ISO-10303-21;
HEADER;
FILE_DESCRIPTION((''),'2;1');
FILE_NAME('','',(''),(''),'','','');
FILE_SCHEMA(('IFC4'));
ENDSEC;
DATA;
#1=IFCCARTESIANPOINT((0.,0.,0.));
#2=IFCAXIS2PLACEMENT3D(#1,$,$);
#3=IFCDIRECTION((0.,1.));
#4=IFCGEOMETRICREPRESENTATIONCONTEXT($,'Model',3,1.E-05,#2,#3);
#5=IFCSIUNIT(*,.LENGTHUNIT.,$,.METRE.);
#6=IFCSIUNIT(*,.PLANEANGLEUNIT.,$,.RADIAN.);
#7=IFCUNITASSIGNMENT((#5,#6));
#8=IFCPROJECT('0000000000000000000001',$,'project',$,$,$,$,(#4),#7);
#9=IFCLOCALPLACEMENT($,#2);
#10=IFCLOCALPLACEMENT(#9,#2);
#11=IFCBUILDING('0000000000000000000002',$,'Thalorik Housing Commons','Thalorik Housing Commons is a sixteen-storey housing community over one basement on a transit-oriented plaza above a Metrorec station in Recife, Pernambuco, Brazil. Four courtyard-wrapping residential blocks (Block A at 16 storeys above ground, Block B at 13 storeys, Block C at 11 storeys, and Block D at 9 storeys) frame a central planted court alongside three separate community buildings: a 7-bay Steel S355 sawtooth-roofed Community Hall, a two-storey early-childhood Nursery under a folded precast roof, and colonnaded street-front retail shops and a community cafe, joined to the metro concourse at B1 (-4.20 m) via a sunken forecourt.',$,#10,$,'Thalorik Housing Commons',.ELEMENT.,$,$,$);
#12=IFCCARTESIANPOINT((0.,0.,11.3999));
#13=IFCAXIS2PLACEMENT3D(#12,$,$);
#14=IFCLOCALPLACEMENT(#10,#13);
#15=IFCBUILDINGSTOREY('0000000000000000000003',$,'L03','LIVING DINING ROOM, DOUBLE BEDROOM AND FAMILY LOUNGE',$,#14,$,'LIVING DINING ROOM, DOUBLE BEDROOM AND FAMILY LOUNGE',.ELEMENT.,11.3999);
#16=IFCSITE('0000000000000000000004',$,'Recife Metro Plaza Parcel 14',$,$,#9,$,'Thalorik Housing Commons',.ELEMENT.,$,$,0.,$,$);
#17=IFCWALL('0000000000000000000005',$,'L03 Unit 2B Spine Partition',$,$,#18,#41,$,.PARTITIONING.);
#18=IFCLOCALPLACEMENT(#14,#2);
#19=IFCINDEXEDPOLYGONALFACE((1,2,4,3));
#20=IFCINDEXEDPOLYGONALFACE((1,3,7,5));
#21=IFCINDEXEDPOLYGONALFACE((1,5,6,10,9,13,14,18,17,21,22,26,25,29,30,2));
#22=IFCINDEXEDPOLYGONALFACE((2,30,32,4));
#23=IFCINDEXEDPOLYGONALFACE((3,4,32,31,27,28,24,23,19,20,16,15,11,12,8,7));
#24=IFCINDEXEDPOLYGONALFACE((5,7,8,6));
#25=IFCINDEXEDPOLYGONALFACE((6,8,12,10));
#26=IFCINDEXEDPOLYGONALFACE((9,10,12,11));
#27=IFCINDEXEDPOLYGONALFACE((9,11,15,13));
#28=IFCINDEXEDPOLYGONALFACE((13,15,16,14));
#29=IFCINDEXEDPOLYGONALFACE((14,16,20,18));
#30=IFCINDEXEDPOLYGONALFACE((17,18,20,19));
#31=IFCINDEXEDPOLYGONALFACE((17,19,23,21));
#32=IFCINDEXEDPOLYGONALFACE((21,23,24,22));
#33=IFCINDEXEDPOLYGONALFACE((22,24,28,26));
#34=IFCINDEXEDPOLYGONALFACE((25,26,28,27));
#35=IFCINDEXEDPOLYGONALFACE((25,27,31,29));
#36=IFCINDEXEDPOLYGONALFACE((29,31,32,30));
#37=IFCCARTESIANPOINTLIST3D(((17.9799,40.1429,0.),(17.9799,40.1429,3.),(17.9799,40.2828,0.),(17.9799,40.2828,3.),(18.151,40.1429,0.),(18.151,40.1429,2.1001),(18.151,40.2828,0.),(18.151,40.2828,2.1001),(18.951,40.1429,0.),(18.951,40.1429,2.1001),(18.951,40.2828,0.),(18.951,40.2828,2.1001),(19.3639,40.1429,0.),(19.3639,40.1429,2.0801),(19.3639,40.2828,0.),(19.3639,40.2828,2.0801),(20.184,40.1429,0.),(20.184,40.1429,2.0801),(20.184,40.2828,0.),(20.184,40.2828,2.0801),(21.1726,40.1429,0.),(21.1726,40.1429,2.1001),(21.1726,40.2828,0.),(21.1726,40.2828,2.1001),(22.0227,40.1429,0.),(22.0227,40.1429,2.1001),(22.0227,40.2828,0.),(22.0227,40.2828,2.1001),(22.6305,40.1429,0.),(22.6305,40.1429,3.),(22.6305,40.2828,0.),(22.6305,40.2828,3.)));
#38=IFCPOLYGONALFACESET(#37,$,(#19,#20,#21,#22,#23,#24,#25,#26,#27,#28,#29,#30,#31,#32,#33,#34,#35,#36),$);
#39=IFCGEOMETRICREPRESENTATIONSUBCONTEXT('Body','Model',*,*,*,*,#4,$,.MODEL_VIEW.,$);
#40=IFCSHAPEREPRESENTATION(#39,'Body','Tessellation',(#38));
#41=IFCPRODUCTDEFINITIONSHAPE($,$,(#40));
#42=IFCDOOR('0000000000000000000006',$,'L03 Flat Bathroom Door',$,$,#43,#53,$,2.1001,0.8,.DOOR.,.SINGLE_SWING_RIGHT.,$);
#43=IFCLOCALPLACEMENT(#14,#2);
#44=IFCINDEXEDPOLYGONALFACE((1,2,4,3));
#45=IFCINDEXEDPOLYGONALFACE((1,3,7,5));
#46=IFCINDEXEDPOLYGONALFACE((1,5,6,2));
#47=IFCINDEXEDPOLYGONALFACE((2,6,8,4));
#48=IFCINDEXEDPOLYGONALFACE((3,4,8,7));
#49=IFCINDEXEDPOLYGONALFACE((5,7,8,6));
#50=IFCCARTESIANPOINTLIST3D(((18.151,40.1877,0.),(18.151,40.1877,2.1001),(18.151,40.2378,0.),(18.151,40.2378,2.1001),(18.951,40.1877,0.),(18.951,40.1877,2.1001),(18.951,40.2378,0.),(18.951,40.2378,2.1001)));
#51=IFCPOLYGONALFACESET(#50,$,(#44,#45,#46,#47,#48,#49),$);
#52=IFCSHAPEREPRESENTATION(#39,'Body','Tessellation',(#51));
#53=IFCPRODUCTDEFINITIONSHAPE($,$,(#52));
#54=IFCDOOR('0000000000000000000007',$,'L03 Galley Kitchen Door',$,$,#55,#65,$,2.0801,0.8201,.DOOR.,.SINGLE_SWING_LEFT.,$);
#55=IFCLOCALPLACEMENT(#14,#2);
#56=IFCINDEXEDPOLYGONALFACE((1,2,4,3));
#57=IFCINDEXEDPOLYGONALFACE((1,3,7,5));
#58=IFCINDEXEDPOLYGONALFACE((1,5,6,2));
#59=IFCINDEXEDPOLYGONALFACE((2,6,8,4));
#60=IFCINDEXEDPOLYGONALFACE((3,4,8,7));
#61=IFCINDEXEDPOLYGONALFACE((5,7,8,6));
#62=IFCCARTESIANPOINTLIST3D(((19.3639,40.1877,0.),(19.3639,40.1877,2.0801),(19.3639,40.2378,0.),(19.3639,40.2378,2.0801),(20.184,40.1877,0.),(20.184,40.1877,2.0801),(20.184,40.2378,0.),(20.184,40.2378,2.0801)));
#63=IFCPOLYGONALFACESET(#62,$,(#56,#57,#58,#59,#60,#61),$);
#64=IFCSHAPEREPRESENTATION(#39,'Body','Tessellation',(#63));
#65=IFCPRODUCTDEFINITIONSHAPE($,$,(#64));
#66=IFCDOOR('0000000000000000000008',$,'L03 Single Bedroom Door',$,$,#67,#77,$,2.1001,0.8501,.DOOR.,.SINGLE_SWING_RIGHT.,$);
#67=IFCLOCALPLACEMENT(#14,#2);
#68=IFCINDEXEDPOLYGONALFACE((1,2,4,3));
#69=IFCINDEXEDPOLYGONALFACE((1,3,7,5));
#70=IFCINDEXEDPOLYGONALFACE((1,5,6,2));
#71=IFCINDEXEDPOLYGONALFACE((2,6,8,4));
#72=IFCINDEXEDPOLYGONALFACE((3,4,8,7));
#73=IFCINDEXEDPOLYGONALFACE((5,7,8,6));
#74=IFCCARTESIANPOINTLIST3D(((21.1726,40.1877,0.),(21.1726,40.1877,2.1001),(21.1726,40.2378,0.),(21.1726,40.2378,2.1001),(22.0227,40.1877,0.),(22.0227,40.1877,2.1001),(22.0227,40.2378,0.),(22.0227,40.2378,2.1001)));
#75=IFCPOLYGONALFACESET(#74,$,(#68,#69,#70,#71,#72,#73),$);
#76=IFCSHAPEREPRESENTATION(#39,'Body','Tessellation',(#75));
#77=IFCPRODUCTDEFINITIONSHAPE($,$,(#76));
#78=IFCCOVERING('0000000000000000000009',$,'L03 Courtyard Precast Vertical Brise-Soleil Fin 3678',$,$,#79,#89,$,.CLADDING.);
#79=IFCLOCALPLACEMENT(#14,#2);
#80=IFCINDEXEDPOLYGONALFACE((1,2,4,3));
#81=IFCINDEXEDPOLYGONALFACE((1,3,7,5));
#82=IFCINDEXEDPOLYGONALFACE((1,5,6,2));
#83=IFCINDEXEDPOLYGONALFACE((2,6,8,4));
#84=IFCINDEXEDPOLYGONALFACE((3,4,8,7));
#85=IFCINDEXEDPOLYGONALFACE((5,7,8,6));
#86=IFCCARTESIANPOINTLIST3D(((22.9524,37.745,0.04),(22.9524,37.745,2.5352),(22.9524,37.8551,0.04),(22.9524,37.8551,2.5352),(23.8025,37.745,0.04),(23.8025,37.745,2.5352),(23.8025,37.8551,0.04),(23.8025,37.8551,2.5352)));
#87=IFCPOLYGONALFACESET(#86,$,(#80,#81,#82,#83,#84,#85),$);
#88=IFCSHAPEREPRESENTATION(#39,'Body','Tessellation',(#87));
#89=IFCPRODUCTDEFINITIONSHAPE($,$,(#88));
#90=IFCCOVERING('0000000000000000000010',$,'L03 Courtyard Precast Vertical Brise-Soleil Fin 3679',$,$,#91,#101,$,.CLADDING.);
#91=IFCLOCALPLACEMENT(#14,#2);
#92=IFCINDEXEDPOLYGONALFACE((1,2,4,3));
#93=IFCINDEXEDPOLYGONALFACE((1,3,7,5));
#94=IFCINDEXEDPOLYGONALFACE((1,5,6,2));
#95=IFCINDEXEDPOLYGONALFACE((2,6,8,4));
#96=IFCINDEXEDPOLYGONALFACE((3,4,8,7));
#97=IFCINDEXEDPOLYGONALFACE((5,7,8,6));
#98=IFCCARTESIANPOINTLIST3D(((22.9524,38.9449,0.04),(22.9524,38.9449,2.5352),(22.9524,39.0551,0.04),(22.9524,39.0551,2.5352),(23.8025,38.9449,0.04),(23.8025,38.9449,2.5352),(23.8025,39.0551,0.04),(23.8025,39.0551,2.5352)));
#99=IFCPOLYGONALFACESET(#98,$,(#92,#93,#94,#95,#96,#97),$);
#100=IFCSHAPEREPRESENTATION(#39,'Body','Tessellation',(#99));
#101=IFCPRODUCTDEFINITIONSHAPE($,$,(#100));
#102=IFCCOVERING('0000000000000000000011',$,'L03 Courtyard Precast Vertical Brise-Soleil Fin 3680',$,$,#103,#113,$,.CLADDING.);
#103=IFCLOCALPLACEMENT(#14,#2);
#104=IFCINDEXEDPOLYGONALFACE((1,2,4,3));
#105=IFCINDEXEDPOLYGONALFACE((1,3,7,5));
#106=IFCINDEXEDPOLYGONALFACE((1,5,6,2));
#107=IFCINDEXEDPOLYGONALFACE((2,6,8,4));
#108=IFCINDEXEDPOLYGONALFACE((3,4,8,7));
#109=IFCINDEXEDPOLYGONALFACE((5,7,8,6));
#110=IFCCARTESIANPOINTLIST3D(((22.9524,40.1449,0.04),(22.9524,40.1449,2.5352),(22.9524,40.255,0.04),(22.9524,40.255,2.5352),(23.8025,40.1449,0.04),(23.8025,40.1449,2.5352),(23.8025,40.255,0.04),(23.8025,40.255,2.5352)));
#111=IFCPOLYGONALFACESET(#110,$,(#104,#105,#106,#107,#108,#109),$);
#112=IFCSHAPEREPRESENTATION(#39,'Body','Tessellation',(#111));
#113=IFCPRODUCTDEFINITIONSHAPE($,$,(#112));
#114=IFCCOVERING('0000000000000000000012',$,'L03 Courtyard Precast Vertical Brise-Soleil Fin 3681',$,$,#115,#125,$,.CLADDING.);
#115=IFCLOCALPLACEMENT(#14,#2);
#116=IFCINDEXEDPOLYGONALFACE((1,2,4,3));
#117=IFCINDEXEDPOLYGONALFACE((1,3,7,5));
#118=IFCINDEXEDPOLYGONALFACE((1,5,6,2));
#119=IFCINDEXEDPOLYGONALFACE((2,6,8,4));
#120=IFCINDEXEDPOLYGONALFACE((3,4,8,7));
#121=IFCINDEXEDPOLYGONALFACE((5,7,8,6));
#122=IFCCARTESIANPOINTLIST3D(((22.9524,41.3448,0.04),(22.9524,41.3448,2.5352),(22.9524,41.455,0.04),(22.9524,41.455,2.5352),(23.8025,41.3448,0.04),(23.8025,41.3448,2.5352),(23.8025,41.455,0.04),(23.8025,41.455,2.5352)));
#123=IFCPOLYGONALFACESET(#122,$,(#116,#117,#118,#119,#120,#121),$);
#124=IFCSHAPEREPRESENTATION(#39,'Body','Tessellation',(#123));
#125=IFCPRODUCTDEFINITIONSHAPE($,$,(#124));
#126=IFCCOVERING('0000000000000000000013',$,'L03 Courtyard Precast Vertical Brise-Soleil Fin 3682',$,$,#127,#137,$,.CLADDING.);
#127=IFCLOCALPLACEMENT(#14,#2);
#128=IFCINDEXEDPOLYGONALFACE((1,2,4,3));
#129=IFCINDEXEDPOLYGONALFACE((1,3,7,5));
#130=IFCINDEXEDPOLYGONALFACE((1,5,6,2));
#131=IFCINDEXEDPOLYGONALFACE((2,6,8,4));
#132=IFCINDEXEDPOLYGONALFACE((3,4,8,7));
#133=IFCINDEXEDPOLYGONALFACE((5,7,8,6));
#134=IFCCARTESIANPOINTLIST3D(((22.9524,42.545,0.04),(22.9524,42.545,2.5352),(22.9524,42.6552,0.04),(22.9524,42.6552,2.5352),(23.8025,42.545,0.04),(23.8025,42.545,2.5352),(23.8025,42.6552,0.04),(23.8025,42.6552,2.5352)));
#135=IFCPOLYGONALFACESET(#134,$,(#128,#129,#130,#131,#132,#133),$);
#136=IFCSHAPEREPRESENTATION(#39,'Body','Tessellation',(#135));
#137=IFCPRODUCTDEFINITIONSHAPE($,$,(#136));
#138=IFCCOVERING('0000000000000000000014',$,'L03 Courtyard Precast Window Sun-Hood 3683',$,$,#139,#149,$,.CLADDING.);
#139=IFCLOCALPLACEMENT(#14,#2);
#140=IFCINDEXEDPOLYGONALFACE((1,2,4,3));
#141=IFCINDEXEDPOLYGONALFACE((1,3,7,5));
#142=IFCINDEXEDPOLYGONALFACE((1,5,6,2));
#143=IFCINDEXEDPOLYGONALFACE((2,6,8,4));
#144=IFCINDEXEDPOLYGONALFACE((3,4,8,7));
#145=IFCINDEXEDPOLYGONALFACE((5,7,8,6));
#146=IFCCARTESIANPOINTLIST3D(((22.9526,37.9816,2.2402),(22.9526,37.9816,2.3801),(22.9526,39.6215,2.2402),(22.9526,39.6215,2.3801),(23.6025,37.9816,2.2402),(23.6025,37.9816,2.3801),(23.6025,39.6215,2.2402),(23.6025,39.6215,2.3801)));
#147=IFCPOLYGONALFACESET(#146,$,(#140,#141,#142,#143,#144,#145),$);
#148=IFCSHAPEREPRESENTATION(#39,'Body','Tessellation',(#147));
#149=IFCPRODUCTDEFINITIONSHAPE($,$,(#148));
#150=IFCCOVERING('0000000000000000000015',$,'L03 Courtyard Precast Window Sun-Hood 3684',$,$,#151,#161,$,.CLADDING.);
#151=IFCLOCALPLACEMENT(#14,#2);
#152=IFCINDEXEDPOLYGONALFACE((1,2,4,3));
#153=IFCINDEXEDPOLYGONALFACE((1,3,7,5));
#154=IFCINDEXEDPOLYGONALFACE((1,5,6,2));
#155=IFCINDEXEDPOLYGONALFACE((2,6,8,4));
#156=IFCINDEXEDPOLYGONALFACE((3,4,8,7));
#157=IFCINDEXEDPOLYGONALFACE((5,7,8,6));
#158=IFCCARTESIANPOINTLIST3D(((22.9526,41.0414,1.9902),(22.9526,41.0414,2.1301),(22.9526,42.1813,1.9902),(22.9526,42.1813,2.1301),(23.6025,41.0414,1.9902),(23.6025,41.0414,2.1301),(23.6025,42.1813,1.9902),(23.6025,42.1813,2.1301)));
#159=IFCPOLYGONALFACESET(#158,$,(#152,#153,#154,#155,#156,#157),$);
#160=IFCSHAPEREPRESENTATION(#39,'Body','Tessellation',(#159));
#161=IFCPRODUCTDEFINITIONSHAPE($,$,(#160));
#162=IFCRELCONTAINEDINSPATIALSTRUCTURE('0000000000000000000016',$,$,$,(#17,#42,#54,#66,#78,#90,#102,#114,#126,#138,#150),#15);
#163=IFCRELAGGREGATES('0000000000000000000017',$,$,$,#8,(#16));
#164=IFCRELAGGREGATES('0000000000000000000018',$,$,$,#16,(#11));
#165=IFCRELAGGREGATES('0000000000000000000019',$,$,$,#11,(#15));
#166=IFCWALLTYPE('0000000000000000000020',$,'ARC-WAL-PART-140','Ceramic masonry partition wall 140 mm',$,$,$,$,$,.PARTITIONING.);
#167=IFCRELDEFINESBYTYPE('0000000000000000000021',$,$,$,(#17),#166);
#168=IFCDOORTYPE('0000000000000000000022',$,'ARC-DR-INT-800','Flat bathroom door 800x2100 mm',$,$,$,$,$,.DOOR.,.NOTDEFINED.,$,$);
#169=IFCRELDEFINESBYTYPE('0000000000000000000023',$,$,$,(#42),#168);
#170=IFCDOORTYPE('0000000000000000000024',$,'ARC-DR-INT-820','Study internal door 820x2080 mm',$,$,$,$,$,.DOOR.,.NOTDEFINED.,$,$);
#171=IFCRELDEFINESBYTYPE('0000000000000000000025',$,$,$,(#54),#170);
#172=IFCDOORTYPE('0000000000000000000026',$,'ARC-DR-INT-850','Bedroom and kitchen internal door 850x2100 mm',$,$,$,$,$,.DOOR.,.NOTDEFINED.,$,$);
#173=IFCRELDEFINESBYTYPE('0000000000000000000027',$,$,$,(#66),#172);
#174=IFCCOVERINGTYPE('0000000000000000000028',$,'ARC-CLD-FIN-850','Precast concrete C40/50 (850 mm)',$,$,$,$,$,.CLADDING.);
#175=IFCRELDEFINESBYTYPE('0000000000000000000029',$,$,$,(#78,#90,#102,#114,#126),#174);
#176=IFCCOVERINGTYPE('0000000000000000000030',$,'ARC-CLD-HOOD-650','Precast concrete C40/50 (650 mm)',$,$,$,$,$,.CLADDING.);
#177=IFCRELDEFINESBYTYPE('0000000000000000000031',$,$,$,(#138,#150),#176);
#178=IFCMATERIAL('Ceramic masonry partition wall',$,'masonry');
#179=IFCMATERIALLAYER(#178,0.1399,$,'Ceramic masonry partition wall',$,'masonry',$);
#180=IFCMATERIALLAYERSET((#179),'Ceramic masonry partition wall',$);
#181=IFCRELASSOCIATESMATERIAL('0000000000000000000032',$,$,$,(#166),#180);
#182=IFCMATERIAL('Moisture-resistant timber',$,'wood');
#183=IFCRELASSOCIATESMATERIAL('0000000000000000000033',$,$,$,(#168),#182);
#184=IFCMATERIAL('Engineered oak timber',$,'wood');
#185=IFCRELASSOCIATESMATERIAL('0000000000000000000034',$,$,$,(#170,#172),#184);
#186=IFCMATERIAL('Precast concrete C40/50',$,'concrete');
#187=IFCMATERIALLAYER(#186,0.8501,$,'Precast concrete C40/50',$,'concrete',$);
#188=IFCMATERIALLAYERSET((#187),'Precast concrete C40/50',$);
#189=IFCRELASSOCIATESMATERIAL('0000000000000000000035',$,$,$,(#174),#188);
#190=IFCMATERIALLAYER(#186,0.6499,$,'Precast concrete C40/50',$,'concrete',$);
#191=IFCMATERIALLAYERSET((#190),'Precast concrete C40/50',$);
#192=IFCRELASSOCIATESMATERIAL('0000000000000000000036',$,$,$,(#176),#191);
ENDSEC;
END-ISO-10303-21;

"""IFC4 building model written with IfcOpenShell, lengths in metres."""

from ifc_helpers import new_model, si_unit, direction, frame, frame_2d, origin, origin_2d, place, context, subcontext, project, spatial, rectangle, extrude, material, layer, layer_set, type_object, element, fill, save


model = new_model("IFC4")

# Units and contexts
model_context = context("Model", 3, precision=1e-05, world=origin(), true_north=direction((0.0, 1.0)))
body_context = subcontext(model_context, "Body", "Model", "MODEL_VIEW")
ifc_project = project(units=[si_unit("LENGTHUNIT", "METRE"), si_unit("PLANEANGLEUNIT", "RADIAN")], contexts=[model_context])

# Site, building, storey
site_placement = place(None, origin())
site = spatial("IfcSite", under=ifc_project, at=site_placement, Name="Recife Metro Plaza Parcel 14", LongName="Thalorik Housing Commons", CompositionType="ELEMENT", RefElevation=0.0)
building_placement = place(site_placement, origin())
building = spatial("IfcBuilding", under=site, at=building_placement, Name="Thalorik Housing Commons", Description="Thalorik Housing Commons is a sixteen-storey housing community over one basement on a transit-oriented plaza above a Metrorec station in Recife, Pernambuco, Brazil. Four courtyard-wrapping residential blocks (Block A at 16 storeys above ground, Block B at 13 storeys, Block C at 11 storeys, and Block D at 9 storeys) frame a central planted court alongside three separate community buildings: a 7-bay Steel S355 sawtooth-roofed Community Hall, a two-storey early-childhood Nursery under a folded precast roof, and colonnaded street-front retail shops and a community cafe, joined to the metro concourse at B1 (-4.20 m) via a sunken forecourt.", LongName="Thalorik Housing Commons", CompositionType="ELEMENT")
storey_placement = place(building_placement, frame((0.0, 0.0, 11.3999)))
storey = spatial("IfcBuildingStorey", under=building, at=storey_placement, Name="L03", Description="LIVING DINING ROOM, DOUBLE BEDROOM AND FAMILY LOUNGE", LongName="LIVING DINING ROOM, DOUBLE BEDROOM AND FAMILY LOUNGE", CompositionType="ELEMENT", Elevation=11.3999)

# Shared definitions
ifc_material_1 = material(Name="Precast concrete C40/50", Category="concrete")

# Wall, openings, doors
ifc_material_2 = material(Name="Ceramic masonry partition wall", Category="masonry")
ifc_layer_1 = layer(ifc_material_2, 0.1399, Name="Ceramic masonry partition wall", Category="masonry")
ifc_layer_set_1 = layer_set([ifc_layer_1], Name="Ceramic masonry partition wall")
wall_type_1 = type_object("IfcWallType", Name="ARC-WAL-PART-140", Description="Ceramic masonry partition wall 140 mm", PredefinedType="PARTITIONING", material=ifc_layer_set_1)
wall_1_placement = place(storey_placement, frame((17.98, 40.2129, 0.0), z_axis=(0.0, 0.0, 1.0), x_axis=(1.0, 0.0, 0.0)))
wall_1 = element("IfcWall", 1, at=wall_1_placement, inside=storey, type_object=wall_type_1, Name="L03 Unit 2B Spine Partition", PredefinedType="PARTITIONING", context=body_context, shape_type="SweptSolid", body=[
    extrude(rectangle(XDim=4.6506, YDim=0.1399, at=frame_2d((2.3252, 0.0))), origin(), (0.0, 0.0, 1.0), 3.0),
])
opening_1_placement = place(wall_1_placement, frame((0.1711, 0.0, 0.0)))
opening_1 = element("IfcOpeningElement", 2, at=opening_1_placement, cuts=wall_1, PredefinedType="OPENING", context=body_context, shape_type="SweptSolid", body=[
    extrude(rectangle(XDim=0.8, YDim=2.1001, at=frame_2d((0.3999, 1.05))), frame((0.0, 0.0801, 0.0), z_axis=(0.0, -1.0, 0.0), x_axis=(1.0, 0.0, 0.0)), (0.0, 0.0, 1.0), 0.1599),
])
opening_2_placement = place(wall_1_placement, frame((1.3838, 0.0, 0.0)))
opening_2 = element("IfcOpeningElement", 3, at=opening_2_placement, cuts=wall_1, PredefinedType="OPENING", context=body_context, shape_type="SweptSolid", body=[
    extrude(rectangle(XDim=0.8201, YDim=2.0801, at=frame_2d((0.4102, 1.04))), frame((0.0, 0.0801, 0.0), z_axis=(0.0, -1.0, 0.0), x_axis=(1.0, 0.0, 0.0)), (0.0, 0.0, 1.0), 0.1599),
])
opening_3_placement = place(wall_1_placement, frame((3.1926, 0.0, 0.0)))
opening_3 = element("IfcOpeningElement", 4, at=opening_3_placement, cuts=wall_1, PredefinedType="OPENING", context=body_context, shape_type="SweptSolid", body=[
    extrude(rectangle(XDim=0.8501, YDim=2.1001, at=frame_2d((0.425, 1.05))), frame((0.0, 0.0801, 0.0), z_axis=(0.0, -1.0, 0.0), x_axis=(1.0, 0.0, 0.0)), (0.0, 0.0, 1.0), 0.1599),
])
ifc_material_3 = material(Name="Moisture-resistant timber", Category="wood")
door_type_1 = type_object("IfcDoorType", Name="ARC-DR-INT-800", Description="Flat bathroom door 800x2100 mm", OperationType="NOTDEFINED", PredefinedType="DOOR", material=ifc_material_3)
door_1_placement = place(opening_1_placement, origin())
door_1 = element("IfcDoor", 5, at=door_1_placement, inside=storey, type_object=door_type_1, Name="L03 Flat Bathroom Door", OperationType="SINGLE_SWING_RIGHT", OverallHeight=2.1001, OverallWidth=0.8, PredefinedType="DOOR", context=body_context, shape_type="SweptSolid", body=[
    extrude(rectangle(XDim=0.8, YDim=2.1001, at=frame_2d((0.3999, 1.05))), frame((0.0, 0.0249, 0.0), z_axis=(0.0, -1.0, 0.0), x_axis=(1.0, 0.0, 0.0)), (0.0, 0.0, 1.0), 0.05),
])
fill(opening_1, door_1)
ifc_material_4 = material(Name="Engineered oak timber", Category="wood")
door_type_2 = type_object("IfcDoorType", Name="ARC-DR-INT-820", Description="Study internal door 820x2080 mm", OperationType="NOTDEFINED", PredefinedType="DOOR", material=ifc_material_4)
door_2_placement = place(opening_2_placement, origin())
door_2 = element("IfcDoor", 6, at=door_2_placement, inside=storey, type_object=door_type_2, Name="L03 Galley Kitchen Door", OperationType="SINGLE_SWING_LEFT", OverallHeight=2.0801, OverallWidth=0.8201, PredefinedType="DOOR", context=body_context, shape_type="SweptSolid", body=[
    extrude(rectangle(XDim=0.8201, YDim=2.0801, at=frame_2d((0.4102, 1.04))), frame((0.0, 0.0249, 0.0), z_axis=(0.0, -1.0, 0.0), x_axis=(1.0, 0.0, 0.0)), (0.0, 0.0, 1.0), 0.05),
])
fill(opening_2, door_2)
door_type_3 = type_object("IfcDoorType", Name="ARC-DR-INT-850", Description="Bedroom and kitchen internal door 850x2100 mm", OperationType="NOTDEFINED", PredefinedType="DOOR", material=ifc_material_4)
door_3_placement = place(opening_3_placement, origin())
door_3 = element("IfcDoor", 7, at=door_3_placement, inside=storey, type_object=door_type_3, Name="L03 Single Bedroom Door", OperationType="SINGLE_SWING_RIGHT", OverallHeight=2.1001, OverallWidth=0.8501, PredefinedType="DOOR", context=body_context, shape_type="SweptSolid", body=[
    extrude(rectangle(XDim=0.8501, YDim=2.1001, at=frame_2d((0.425, 1.05))), frame((0.0, 0.0249, 0.0), z_axis=(0.0, -1.0, 0.0), x_axis=(1.0, 0.0, 0.0)), (0.0, 0.0, 1.0), 0.05),
])
fill(opening_3, door_3)

# Coverings
ifc_layer_2 = layer(ifc_material_1, 0.8501, Name="Precast concrete C40/50", Category="concrete")
ifc_layer_set_2 = layer_set([ifc_layer_2], Name="Precast concrete C40/50")
covering_type_1 = type_object("IfcCoveringType", Name="ARC-CLD-FIN-850", Description="Precast concrete C40/50 (850 mm)", PredefinedType="CLADDING", material=ifc_layer_set_2)
for number, where, z_axis, x_axis, name in (
    (8, (23.3774, 37.8, 0.04), (0.0, 0.0, 1.0), (0.0, 1.0, 0.0), "L03 Courtyard Precast Vertical Brise-Soleil Fin 3678"),
    (9, (23.3774, 39.0, 0.04), (0.0, 0.0, 1.0), (0.0, 1.0, 0.0), "L03 Courtyard Precast Vertical Brise-Soleil Fin 3679"),
    (10, (23.3774, 40.2, 0.04), (0.0, 0.0, 1.0), (0.0, 1.0, 0.0), "L03 Courtyard Precast Vertical Brise-Soleil Fin 3680"),
    (11, (23.3774, 41.3999, 0.04), (0.0, 0.0, 1.0), (0.0, 1.0, 0.0), "L03 Courtyard Precast Vertical Brise-Soleil Fin 3681"),
    (12, (23.3774, 42.6001, 0.04), (0.0, 0.0, 1.0), (0.0, 1.0, 0.0), "L03 Courtyard Precast Vertical Brise-Soleil Fin 3682"),
):
    element("IfcCovering", number, at=place(storey_placement, frame(where, z_axis=z_axis, x_axis=x_axis)), inside=storey, type_object=covering_type_1, Name=name, PredefinedType="CLADDING", context=body_context, shape_type="SweptSolid", body=[
        extrude(rectangle(XDim=0.1101, YDim=0.8501, at=origin_2d()), origin(), (0.0, 0.0, 1.0), 2.4951),
    ])
ifc_layer_3 = layer(ifc_material_1, 0.6499, Name="Precast concrete C40/50", Category="concrete")
ifc_layer_set_3 = layer_set([ifc_layer_3], Name="Precast concrete C40/50")
covering_type_2 = type_object("IfcCoveringType", Name="ARC-CLD-HOOD-650", Description="Precast concrete C40/50 (650 mm)", PredefinedType="CLADDING", material=ifc_layer_set_3)
covering_1_placement = place(storey_placement, frame((23.2776, 38.8015, 2.2402), z_axis=(0.0, 0.0, 1.0), x_axis=(0.0, 1.0, 0.0)))
element("IfcCovering", 13, at=covering_1_placement, inside=storey, type_object=covering_type_2, Name="L03 Courtyard Precast Window Sun-Hood 3683", PredefinedType="CLADDING", context=body_context, shape_type="SweptSolid", body=[
    extrude(rectangle(XDim=1.6399, YDim=0.6499, at=origin_2d()), origin(), (0.0, 0.0, 1.0), 0.1399),
])
covering_2_placement = place(storey_placement, frame((23.2776, 41.6113, 1.9902), z_axis=(0.0, 0.0, 1.0), x_axis=(0.0, 1.0, 0.0)))
element("IfcCovering", 14, at=covering_2_placement, inside=storey, type_object=covering_type_2, Name="L03 Courtyard Precast Window Sun-Hood 3684", PredefinedType="CLADDING", context=body_context, shape_type="SweptSolid", body=[
    extrude(rectangle(XDim=1.1399, YDim=0.6499, at=origin_2d()), origin(), (0.0, 0.0, 1.0), 0.1399),
])

save(model, "model.ifc")
